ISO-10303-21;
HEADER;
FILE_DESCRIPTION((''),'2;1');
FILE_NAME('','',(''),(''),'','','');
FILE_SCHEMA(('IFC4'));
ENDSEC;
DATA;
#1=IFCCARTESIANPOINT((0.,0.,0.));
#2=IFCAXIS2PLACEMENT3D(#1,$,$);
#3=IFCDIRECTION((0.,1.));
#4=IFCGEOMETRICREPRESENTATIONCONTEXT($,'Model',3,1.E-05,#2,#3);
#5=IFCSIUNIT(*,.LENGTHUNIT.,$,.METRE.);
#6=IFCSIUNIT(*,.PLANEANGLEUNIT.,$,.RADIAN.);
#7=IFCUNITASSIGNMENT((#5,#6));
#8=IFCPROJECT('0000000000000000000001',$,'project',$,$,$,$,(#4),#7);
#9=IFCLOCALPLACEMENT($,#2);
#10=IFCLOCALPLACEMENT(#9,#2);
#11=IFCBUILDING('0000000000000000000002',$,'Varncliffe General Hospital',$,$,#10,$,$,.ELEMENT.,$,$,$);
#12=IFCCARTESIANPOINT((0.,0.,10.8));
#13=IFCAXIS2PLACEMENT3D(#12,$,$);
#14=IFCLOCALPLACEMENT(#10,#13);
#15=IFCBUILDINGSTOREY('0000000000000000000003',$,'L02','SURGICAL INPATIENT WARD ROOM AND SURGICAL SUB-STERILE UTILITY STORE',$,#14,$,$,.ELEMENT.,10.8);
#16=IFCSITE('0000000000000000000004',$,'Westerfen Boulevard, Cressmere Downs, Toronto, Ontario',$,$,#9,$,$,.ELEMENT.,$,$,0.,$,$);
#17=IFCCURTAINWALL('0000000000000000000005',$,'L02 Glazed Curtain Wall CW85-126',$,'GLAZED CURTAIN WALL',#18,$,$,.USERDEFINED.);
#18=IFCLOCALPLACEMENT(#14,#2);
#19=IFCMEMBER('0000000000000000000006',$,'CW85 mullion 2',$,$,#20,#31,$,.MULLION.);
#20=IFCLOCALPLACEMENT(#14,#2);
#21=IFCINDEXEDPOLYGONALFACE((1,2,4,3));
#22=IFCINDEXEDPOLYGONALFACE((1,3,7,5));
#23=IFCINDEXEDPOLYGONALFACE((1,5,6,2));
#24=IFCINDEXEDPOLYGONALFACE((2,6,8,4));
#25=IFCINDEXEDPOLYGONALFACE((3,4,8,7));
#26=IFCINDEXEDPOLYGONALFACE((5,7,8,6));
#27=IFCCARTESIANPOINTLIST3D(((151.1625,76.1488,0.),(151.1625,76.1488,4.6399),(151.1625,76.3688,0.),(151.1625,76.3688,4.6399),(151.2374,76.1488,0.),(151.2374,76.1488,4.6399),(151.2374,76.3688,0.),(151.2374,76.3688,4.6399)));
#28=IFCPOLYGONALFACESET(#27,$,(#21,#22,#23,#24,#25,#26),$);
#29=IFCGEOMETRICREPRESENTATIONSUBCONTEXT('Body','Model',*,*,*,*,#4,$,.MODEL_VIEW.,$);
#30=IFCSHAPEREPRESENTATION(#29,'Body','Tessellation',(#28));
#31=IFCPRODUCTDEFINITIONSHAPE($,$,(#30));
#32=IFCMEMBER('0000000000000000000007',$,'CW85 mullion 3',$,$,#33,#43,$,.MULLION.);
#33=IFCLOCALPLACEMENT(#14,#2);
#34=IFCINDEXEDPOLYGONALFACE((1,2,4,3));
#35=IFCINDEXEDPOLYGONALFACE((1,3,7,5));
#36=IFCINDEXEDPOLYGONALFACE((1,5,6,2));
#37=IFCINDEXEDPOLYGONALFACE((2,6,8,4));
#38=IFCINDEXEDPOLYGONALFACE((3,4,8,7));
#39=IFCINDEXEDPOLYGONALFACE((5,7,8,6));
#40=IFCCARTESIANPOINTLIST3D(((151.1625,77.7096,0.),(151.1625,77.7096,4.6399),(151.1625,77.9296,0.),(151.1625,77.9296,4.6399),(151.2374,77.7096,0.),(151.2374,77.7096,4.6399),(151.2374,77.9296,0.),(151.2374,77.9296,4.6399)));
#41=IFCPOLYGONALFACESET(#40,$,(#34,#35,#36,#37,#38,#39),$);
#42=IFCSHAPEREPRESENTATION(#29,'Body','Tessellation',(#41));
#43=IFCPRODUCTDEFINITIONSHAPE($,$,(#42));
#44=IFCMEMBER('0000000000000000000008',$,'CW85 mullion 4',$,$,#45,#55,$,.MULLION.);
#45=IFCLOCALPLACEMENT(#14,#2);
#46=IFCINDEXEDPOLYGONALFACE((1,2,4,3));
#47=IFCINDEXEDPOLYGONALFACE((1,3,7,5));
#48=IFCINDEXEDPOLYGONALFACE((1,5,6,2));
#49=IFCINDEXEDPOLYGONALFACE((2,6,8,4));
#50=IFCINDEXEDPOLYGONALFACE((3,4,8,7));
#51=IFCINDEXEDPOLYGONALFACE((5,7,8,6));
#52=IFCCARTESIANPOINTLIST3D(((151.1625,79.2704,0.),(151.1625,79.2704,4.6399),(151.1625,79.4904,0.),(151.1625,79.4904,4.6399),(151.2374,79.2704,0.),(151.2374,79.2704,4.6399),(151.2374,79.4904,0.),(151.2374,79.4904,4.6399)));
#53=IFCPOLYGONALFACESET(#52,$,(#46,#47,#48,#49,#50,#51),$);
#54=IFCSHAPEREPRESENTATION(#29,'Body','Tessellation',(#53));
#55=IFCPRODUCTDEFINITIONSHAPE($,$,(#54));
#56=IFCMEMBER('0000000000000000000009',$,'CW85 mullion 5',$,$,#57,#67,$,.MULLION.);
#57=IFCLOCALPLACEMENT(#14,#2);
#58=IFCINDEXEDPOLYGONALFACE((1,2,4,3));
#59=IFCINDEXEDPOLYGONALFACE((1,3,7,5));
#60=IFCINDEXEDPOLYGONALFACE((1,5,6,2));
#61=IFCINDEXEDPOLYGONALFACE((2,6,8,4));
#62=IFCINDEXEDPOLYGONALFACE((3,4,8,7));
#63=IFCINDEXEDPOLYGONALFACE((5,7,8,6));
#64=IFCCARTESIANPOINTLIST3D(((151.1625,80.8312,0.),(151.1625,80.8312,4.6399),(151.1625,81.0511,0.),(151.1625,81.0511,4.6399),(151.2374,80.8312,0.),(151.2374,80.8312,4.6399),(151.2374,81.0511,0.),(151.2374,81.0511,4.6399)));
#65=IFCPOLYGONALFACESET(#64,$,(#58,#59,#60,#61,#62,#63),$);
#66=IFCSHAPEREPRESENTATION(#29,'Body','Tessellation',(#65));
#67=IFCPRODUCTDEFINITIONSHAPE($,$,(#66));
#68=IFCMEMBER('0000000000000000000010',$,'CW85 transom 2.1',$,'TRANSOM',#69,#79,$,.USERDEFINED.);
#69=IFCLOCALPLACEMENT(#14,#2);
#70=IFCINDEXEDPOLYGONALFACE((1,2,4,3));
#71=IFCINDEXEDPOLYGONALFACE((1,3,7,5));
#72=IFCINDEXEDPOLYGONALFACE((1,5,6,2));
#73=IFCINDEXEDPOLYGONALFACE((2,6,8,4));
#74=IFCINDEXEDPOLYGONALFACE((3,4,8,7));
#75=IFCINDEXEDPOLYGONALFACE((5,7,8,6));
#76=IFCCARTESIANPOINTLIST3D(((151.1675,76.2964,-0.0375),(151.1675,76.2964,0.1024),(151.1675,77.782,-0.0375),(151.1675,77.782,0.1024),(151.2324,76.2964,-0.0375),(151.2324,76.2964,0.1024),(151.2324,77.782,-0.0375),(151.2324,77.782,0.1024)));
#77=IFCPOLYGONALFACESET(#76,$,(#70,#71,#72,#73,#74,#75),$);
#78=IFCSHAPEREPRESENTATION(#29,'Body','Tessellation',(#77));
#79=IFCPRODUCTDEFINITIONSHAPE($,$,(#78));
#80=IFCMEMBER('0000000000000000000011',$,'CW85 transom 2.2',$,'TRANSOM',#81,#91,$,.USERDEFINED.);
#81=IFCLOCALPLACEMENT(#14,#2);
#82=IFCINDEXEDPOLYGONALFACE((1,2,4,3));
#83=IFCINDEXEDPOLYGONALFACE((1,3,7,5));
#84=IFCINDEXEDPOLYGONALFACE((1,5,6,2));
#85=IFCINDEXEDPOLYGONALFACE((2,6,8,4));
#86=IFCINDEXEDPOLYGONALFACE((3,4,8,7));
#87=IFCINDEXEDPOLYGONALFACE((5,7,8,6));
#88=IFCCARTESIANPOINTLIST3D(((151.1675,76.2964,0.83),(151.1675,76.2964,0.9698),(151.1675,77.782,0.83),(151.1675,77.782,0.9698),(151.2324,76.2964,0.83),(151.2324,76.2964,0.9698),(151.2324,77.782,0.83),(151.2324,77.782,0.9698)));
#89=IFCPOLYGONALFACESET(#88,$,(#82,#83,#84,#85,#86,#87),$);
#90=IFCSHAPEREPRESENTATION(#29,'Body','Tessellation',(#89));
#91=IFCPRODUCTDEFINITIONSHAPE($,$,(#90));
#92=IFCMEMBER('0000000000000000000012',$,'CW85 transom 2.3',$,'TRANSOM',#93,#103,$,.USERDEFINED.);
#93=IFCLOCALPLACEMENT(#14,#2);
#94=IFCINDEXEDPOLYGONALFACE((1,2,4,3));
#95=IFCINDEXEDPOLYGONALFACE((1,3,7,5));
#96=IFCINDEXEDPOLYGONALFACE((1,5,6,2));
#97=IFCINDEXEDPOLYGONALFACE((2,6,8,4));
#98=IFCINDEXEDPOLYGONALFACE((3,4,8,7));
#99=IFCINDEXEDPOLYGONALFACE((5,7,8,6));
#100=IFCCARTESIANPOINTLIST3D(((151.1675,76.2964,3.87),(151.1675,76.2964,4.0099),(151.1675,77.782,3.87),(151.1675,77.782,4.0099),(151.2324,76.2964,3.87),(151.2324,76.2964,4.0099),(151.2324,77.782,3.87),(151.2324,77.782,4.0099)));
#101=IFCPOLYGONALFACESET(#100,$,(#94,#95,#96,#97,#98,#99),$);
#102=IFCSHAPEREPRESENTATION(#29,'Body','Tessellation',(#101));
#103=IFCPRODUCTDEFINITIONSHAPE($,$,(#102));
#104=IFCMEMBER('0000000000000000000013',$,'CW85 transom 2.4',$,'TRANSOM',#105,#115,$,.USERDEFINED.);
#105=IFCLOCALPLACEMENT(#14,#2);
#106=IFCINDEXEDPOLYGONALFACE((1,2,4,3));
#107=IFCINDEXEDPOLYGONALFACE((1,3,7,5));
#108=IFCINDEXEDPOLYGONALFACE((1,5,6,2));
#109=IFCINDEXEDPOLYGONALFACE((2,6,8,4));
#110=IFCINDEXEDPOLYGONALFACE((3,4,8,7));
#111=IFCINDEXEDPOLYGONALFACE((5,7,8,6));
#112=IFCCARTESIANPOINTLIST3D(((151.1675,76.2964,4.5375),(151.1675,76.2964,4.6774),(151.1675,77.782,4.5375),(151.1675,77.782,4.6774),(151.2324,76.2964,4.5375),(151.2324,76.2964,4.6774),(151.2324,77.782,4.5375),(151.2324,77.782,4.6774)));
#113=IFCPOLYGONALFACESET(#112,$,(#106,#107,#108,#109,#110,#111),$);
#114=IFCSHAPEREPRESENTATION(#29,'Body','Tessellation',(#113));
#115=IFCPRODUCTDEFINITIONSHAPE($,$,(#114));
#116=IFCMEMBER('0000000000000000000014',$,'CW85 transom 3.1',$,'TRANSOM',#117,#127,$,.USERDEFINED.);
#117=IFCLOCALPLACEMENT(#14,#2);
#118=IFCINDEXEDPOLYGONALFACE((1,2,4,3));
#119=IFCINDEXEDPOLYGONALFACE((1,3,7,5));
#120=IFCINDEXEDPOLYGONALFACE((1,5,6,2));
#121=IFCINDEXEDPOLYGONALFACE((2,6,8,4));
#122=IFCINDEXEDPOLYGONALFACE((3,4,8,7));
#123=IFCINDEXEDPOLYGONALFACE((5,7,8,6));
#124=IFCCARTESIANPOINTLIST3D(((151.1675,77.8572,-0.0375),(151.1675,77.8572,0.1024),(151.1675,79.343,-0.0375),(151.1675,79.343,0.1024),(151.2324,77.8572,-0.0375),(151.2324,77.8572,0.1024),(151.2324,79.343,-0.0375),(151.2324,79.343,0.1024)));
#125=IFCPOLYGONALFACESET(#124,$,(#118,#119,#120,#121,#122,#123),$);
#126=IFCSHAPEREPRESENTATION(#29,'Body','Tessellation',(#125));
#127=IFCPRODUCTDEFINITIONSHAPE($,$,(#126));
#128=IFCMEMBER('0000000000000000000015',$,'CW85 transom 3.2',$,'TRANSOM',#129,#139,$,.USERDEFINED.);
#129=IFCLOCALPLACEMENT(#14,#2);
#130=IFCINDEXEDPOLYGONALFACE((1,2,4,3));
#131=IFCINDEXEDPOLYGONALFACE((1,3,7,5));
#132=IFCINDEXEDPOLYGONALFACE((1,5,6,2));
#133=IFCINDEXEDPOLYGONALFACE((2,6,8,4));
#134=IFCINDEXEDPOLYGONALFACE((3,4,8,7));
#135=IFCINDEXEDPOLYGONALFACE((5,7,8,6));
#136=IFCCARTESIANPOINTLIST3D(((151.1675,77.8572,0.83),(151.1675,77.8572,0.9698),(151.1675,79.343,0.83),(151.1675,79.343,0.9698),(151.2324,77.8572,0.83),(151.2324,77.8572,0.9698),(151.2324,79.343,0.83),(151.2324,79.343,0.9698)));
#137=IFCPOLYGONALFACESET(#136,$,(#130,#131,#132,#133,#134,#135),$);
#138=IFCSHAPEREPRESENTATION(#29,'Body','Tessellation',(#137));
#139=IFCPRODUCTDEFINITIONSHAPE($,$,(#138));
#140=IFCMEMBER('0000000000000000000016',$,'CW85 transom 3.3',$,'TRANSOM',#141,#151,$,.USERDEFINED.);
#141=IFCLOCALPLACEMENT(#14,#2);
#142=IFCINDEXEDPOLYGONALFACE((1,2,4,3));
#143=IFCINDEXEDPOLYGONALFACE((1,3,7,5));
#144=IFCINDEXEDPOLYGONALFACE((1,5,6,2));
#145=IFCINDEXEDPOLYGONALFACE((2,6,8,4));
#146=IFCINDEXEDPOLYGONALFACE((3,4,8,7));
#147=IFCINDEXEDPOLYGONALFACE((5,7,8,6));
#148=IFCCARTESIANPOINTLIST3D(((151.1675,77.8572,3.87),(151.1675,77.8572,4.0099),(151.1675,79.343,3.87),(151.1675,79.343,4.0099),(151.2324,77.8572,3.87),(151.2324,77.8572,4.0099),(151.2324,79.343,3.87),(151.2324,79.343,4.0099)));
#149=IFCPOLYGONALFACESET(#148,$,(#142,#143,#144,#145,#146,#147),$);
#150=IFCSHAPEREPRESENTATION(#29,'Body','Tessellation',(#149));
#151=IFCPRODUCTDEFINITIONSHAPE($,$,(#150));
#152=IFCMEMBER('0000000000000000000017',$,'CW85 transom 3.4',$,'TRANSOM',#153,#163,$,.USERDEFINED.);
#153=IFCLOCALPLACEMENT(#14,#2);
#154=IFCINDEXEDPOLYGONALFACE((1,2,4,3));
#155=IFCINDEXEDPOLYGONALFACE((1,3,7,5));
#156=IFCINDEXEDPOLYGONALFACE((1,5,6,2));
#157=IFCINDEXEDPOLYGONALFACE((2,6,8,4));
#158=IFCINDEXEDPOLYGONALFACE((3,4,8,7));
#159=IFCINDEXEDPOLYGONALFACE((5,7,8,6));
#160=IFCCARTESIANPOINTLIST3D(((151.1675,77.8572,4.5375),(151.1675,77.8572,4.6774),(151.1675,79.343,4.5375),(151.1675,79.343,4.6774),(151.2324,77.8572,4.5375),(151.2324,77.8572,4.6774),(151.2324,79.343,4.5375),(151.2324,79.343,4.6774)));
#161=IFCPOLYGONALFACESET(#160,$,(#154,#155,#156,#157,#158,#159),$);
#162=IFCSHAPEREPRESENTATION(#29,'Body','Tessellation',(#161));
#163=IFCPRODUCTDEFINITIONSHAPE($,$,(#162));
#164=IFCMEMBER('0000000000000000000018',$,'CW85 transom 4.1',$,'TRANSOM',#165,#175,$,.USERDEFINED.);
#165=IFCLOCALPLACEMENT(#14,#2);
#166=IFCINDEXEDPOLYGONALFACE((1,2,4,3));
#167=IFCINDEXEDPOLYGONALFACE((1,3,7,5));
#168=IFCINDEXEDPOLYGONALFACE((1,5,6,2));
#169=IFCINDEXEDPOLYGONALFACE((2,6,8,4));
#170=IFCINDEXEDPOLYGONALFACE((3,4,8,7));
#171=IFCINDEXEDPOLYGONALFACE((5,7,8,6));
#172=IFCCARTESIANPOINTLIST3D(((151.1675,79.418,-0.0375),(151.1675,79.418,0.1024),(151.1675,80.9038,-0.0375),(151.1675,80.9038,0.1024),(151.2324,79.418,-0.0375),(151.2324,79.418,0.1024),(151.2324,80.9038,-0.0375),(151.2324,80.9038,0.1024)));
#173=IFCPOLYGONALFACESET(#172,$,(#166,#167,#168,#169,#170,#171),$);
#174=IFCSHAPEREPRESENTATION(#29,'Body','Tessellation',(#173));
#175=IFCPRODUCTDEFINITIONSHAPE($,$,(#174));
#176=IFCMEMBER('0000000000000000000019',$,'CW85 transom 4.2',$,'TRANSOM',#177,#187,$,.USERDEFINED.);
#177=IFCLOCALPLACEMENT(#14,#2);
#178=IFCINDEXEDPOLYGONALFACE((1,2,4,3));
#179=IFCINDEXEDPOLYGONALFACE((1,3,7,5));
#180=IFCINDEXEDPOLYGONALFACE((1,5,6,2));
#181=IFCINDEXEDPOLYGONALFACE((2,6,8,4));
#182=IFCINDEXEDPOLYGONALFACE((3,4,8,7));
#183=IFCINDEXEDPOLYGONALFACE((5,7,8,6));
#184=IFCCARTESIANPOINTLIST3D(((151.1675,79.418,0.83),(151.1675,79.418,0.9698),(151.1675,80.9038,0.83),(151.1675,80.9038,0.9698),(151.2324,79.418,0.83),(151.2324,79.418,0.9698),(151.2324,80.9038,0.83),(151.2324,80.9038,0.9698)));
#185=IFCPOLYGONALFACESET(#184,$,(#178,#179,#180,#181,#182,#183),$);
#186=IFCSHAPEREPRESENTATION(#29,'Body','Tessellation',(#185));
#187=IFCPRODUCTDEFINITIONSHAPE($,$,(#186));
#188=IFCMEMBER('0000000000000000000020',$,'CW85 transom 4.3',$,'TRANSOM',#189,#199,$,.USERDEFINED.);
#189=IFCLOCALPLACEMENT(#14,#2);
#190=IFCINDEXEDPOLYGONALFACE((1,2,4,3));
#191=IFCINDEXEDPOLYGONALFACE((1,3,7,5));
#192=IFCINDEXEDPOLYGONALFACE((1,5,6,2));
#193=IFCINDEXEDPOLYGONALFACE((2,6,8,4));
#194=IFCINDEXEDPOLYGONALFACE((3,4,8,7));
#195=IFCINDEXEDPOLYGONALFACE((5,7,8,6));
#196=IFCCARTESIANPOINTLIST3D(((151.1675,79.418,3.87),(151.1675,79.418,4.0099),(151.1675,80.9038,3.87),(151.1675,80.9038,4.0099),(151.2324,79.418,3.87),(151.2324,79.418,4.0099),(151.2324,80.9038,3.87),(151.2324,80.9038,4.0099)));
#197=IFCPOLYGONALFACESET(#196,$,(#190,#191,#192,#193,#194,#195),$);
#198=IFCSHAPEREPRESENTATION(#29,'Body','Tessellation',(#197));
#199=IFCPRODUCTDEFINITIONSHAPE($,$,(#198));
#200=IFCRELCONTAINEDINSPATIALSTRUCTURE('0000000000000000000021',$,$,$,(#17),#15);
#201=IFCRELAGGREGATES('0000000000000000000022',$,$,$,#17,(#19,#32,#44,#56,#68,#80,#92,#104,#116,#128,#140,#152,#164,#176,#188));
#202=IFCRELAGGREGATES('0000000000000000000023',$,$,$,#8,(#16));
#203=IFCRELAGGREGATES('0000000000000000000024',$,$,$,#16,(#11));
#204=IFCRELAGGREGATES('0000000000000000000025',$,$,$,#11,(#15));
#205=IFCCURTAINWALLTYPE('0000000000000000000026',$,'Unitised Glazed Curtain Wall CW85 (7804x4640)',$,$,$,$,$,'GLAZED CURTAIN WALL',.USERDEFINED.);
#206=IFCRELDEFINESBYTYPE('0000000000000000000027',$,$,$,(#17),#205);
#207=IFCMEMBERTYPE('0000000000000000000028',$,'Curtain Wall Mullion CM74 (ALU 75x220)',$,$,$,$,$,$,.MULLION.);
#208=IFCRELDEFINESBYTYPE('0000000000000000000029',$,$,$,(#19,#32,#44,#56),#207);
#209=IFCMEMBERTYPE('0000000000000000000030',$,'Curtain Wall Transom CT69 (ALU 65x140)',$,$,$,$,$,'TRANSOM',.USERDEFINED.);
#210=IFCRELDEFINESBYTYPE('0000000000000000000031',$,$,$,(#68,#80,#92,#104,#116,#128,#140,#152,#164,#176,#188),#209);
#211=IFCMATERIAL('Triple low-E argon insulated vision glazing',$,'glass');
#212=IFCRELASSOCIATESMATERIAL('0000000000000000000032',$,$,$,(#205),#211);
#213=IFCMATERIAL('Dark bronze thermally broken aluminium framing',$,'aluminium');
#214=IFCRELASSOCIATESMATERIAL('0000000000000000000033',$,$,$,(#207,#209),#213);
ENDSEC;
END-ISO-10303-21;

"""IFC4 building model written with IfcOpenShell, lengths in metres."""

from ifc_helpers import new_model, si_unit, direction, frame, origin, origin_2d, place, context, subcontext, project, spatial, rectangle, extrude, material, material_profile, profile_set, type_object, element, aggregate, save


model = new_model("IFC4")

# Units and contexts
model_context = context("Model", 3, precision=1e-05, world=origin(), true_north=direction((0.0, 1.0)))
body_context = subcontext(model_context, "Body", "Model", "MODEL_VIEW")
ifc_project = project(units=[si_unit("LENGTHUNIT", "METRE"), si_unit("PLANEANGLEUNIT", "RADIAN")], contexts=[model_context])

# Site, building, storey
site_placement = place(None, origin())
site = spatial("IfcSite", under=ifc_project, at=site_placement, Name="Westerfen Boulevard, Cressmere Downs, Toronto, Ontario", CompositionType="ELEMENT", RefElevation=0.0)
building_placement = place(site_placement, origin())
building = spatial("IfcBuilding", under=site, at=building_placement, Name="Varncliffe General Hospital", CompositionType="ELEMENT")
storey_placement = place(building_placement, frame((0.0, 0.0, 10.8)))
storey = spatial("IfcBuildingStorey", under=building, at=storey_placement, Name="L02", Description="SURGICAL INPATIENT WARD ROOM AND SURGICAL SUB-STERILE UTILITY STORE", CompositionType="ELEMENT", Elevation=10.8)

# Curtain wall, members
ifc_material_1 = material(Name="Triple low-E argon insulated vision glazing", Category="glass")
curtain_wall_type = type_object("IfcCurtainWallType", Name="Unitised Glazed Curtain Wall CW85 (7804x4640)", ElementType="GLAZED CURTAIN WALL", PredefinedType="USERDEFINED", material=ifc_material_1)
curtain_wall_placement = place(storey_placement, origin())
curtain_wall = element("IfcCurtainWall", 1, at=curtain_wall_placement, inside=storey, type_object=curtain_wall_type, Name="L02 Glazed Curtain Wall CW85-126", ObjectType="GLAZED CURTAIN WALL", PredefinedType="USERDEFINED")
ifc_material_2 = material(Name="Dark bronze thermally broken aluminium framing", Category="aluminium")
ifc_material_profile_1 = material_profile(ifc_material_2, rectangle(XDim=0.075, YDim=0.22, at=origin_2d()), Name="ALU 75x220")
ifc_profile_set_1 = profile_set([ifc_material_profile_1], Name="Dark bronze thermally broken aluminium framing")
member_type_1 = type_object("IfcMemberType", Name="Curtain Wall Mullion CM74 (ALU 75x220)", PredefinedType="MULLION", material=ifc_profile_set_1)
member_1_placement = place(storey_placement, frame((151.2, 76.2588, 0.0), z_axis=(0.0, 0.0, 1.0), x_axis=(-1.0, 0.0, 0.0)))
member_1 = element("IfcMember", 2, at=member_1_placement, type_object=member_type_1, Name="CW85 mullion 2", PredefinedType="MULLION", context=body_context, shape_type="SweptSolid", body=[
    extrude(rectangle(XDim=0.075, YDim=0.22, at=origin_2d()), origin(), (0.0, 0.0, 1.0), 4.6399),
])
member_2_placement = place(storey_placement, frame((151.2, 77.8196, 0.0), z_axis=(0.0, 0.0, 1.0), x_axis=(-1.0, 0.0, 0.0)))
member_2 = element("IfcMember", 3, at=member_2_placement, type_object=member_type_1, Name="CW85 mullion 3", PredefinedType="MULLION", context=body_context, shape_type="SweptSolid", body=[
    extrude(rectangle(XDim=0.075, YDim=0.22, at=origin_2d()), origin(), (0.0, 0.0, 1.0), 4.6399),
])
member_3_placement = place(storey_placement, frame((151.2, 79.3804, 0.0), z_axis=(0.0, 0.0, 1.0), x_axis=(-1.0, 0.0, 0.0)))
member_3 = element("IfcMember", 4, at=member_3_placement, type_object=member_type_1, Name="CW85 mullion 4", PredefinedType="MULLION", context=body_context, shape_type="SweptSolid", body=[
    extrude(rectangle(XDim=0.075, YDim=0.22, at=origin_2d()), origin(), (0.0, 0.0, 1.0), 4.6399),
])
member_4_placement = place(storey_placement, frame((151.2, 80.9412, 0.0), z_axis=(0.0, 0.0, 1.0), x_axis=(-1.0, 0.0, 0.0)))
member_4 = element("IfcMember", 5, at=member_4_placement, type_object=member_type_1, Name="CW85 mullion 5", PredefinedType="MULLION", context=body_context, shape_type="SweptSolid", body=[
    extrude(rectangle(XDim=0.075, YDim=0.22, at=origin_2d()), origin(), (0.0, 0.0, 1.0), 4.6399),
])
ifc_material_profile_2 = material_profile(ifc_material_2, rectangle(XDim=0.0649, YDim=0.1399, at=origin_2d()), Name="ALU 65x140")
ifc_profile_set_2 = profile_set([ifc_material_profile_2], Name="Dark bronze thermally broken aluminium framing")
member_type_2 = type_object("IfcMemberType", Name="Curtain Wall Transom CT69 (ALU 65x140)", ElementType="TRANSOM", PredefinedType="USERDEFINED", material=ifc_profile_set_2)
member_5_placement = place(storey_placement, frame((151.2, 76.2964, 0.0325), z_axis=(0.0, 1.0, 0.0), x_axis=(-1.0, 0.0, 0.0)))
member_5 = element("IfcMember", 6, at=member_5_placement, type_object=member_type_2, Name="CW85 transom 2.1", ObjectType="TRANSOM", PredefinedType="USERDEFINED", context=body_context, shape_type="SweptSolid", body=[
    extrude(rectangle(XDim=0.0649, YDim=0.1399, at=origin_2d()), origin(), (0.0, 0.0, 1.0), 1.4856),
])
member_6_placement = place(storey_placement, frame((151.2, 76.2964, 0.8999), z_axis=(0.0, 1.0, 0.0), x_axis=(-1.0, 0.0, 0.0)))
member_6 = element("IfcMember", 7, at=member_6_placement, type_object=member_type_2, Name="CW85 transom 2.2", ObjectType="TRANSOM", PredefinedType="USERDEFINED", context=body_context, shape_type="SweptSolid", body=[
    extrude(rectangle(XDim=0.0649, YDim=0.1399, at=origin_2d()), origin(), (0.0, 0.0, 1.0), 1.4856),
])
member_7_placement = place(storey_placement, frame((151.2, 76.2964, 3.9399), z_axis=(0.0, 1.0, 0.0), x_axis=(-1.0, 0.0, 0.0)))
member_7 = element("IfcMember", 8, at=member_7_placement, type_object=member_type_2, Name="CW85 transom 2.3", ObjectType="TRANSOM", PredefinedType="USERDEFINED", context=body_context, shape_type="SweptSolid", body=[
    extrude(rectangle(XDim=0.0649, YDim=0.1399, at=origin_2d()), origin(), (0.0, 0.0, 1.0), 1.4856),
])
member_8_placement = place(storey_placement, frame((151.2, 76.2964, 4.6074), z_axis=(0.0, 1.0, 0.0), x_axis=(-1.0, 0.0, 0.0)))
member_8 = element("IfcMember", 9, at=member_8_placement, type_object=member_type_2, Name="CW85 transom 2.4", ObjectType="TRANSOM", PredefinedType="USERDEFINED", context=body_context, shape_type="SweptSolid", body=[
    extrude(rectangle(XDim=0.0649, YDim=0.1399, at=origin_2d()), origin(), (0.0, 0.0, 1.0), 1.4856),
])
member_9_placement = place(storey_placement, frame((151.2, 77.8572, 0.0325), z_axis=(0.0, 1.0, 0.0), x_axis=(-1.0, 0.0, 0.0)))
member_9 = element("IfcMember", 10, at=member_9_placement, type_object=member_type_2, Name="CW85 transom 3.1", ObjectType="TRANSOM", PredefinedType="USERDEFINED", context=body_context, shape_type="SweptSolid", body=[
    extrude(rectangle(XDim=0.0649, YDim=0.1399, at=origin_2d()), origin(), (0.0, 0.0, 1.0), 1.4858),
])
member_10_placement = place(storey_placement, frame((151.2, 77.8572, 0.8999), z_axis=(0.0, 1.0, 0.0), x_axis=(-1.0, 0.0, 0.0)))
member_10 = element("IfcMember", 11, at=member_10_placement, type_object=member_type_2, Name="CW85 transom 3.2", ObjectType="TRANSOM", PredefinedType="USERDEFINED", context=body_context, shape_type="SweptSolid", body=[
    extrude(rectangle(XDim=0.0649, YDim=0.1399, at=origin_2d()), origin(), (0.0, 0.0, 1.0), 1.4858),
])
member_11_placement = place(storey_placement, frame((151.2, 77.8572, 3.9399), z_axis=(0.0, 1.0, 0.0), x_axis=(-1.0, 0.0, 0.0)))
member_11 = element("IfcMember", 12, at=member_11_placement, type_object=member_type_2, Name="CW85 transom 3.3", ObjectType="TRANSOM", PredefinedType="USERDEFINED", context=body_context, shape_type="SweptSolid", body=[
    extrude(rectangle(XDim=0.0649, YDim=0.1399, at=origin_2d()), origin(), (0.0, 0.0, 1.0), 1.4858),
])
member_12_placement = place(storey_placement, frame((151.2, 77.8572, 4.6074), z_axis=(0.0, 1.0, 0.0), x_axis=(-1.0, 0.0, 0.0)))
member_12 = element("IfcMember", 13, at=member_12_placement, type_object=member_type_2, Name="CW85 transom 3.4", ObjectType="TRANSOM", PredefinedType="USERDEFINED", context=body_context, shape_type="SweptSolid", body=[
    extrude(rectangle(XDim=0.0649, YDim=0.1399, at=origin_2d()), origin(), (0.0, 0.0, 1.0), 1.4858),
])
member_13_placement = place(storey_placement, frame((151.2, 79.418, 0.0325), z_axis=(0.0, 1.0, 0.0), x_axis=(-1.0, 0.0, 0.0)))
member_13 = element("IfcMember", 14, at=member_13_placement, type_object=member_type_2, Name="CW85 transom 4.1", ObjectType="TRANSOM", PredefinedType="USERDEFINED", context=body_context, shape_type="SweptSolid", body=[
    extrude(rectangle(XDim=0.0649, YDim=0.1399, at=origin_2d()), origin(), (0.0, 0.0, 1.0), 1.4858),
])
member_14_placement = place(storey_placement, frame((151.2, 79.418, 0.8999), z_axis=(0.0, 1.0, 0.0), x_axis=(-1.0, 0.0, 0.0)))
member_14 = element("IfcMember", 15, at=member_14_placement, type_object=member_type_2, Name="CW85 transom 4.2", ObjectType="TRANSOM", PredefinedType="USERDEFINED", context=body_context, shape_type="SweptSolid", body=[
    extrude(rectangle(XDim=0.0649, YDim=0.1399, at=origin_2d()), origin(), (0.0, 0.0, 1.0), 1.4858),
])
member_15_placement = place(storey_placement, frame((151.2, 79.418, 3.9399), z_axis=(0.0, 1.0, 0.0), x_axis=(-1.0, 0.0, 0.0)))
member_15 = element("IfcMember", 16, at=member_15_placement, type_object=member_type_2, Name="CW85 transom 4.3", ObjectType="TRANSOM", PredefinedType="USERDEFINED", context=body_context, shape_type="SweptSolid", body=[
    extrude(rectangle(XDim=0.0649, YDim=0.1399, at=origin_2d()), origin(), (0.0, 0.0, 1.0), 1.4858),
])
aggregate(curtain_wall, [member_1, member_2, member_3, member_4, member_5, member_6, member_7, member_8, member_9, member_10, member_11, member_12, member_13, member_14, member_15])

save(model, "model.ifc")
